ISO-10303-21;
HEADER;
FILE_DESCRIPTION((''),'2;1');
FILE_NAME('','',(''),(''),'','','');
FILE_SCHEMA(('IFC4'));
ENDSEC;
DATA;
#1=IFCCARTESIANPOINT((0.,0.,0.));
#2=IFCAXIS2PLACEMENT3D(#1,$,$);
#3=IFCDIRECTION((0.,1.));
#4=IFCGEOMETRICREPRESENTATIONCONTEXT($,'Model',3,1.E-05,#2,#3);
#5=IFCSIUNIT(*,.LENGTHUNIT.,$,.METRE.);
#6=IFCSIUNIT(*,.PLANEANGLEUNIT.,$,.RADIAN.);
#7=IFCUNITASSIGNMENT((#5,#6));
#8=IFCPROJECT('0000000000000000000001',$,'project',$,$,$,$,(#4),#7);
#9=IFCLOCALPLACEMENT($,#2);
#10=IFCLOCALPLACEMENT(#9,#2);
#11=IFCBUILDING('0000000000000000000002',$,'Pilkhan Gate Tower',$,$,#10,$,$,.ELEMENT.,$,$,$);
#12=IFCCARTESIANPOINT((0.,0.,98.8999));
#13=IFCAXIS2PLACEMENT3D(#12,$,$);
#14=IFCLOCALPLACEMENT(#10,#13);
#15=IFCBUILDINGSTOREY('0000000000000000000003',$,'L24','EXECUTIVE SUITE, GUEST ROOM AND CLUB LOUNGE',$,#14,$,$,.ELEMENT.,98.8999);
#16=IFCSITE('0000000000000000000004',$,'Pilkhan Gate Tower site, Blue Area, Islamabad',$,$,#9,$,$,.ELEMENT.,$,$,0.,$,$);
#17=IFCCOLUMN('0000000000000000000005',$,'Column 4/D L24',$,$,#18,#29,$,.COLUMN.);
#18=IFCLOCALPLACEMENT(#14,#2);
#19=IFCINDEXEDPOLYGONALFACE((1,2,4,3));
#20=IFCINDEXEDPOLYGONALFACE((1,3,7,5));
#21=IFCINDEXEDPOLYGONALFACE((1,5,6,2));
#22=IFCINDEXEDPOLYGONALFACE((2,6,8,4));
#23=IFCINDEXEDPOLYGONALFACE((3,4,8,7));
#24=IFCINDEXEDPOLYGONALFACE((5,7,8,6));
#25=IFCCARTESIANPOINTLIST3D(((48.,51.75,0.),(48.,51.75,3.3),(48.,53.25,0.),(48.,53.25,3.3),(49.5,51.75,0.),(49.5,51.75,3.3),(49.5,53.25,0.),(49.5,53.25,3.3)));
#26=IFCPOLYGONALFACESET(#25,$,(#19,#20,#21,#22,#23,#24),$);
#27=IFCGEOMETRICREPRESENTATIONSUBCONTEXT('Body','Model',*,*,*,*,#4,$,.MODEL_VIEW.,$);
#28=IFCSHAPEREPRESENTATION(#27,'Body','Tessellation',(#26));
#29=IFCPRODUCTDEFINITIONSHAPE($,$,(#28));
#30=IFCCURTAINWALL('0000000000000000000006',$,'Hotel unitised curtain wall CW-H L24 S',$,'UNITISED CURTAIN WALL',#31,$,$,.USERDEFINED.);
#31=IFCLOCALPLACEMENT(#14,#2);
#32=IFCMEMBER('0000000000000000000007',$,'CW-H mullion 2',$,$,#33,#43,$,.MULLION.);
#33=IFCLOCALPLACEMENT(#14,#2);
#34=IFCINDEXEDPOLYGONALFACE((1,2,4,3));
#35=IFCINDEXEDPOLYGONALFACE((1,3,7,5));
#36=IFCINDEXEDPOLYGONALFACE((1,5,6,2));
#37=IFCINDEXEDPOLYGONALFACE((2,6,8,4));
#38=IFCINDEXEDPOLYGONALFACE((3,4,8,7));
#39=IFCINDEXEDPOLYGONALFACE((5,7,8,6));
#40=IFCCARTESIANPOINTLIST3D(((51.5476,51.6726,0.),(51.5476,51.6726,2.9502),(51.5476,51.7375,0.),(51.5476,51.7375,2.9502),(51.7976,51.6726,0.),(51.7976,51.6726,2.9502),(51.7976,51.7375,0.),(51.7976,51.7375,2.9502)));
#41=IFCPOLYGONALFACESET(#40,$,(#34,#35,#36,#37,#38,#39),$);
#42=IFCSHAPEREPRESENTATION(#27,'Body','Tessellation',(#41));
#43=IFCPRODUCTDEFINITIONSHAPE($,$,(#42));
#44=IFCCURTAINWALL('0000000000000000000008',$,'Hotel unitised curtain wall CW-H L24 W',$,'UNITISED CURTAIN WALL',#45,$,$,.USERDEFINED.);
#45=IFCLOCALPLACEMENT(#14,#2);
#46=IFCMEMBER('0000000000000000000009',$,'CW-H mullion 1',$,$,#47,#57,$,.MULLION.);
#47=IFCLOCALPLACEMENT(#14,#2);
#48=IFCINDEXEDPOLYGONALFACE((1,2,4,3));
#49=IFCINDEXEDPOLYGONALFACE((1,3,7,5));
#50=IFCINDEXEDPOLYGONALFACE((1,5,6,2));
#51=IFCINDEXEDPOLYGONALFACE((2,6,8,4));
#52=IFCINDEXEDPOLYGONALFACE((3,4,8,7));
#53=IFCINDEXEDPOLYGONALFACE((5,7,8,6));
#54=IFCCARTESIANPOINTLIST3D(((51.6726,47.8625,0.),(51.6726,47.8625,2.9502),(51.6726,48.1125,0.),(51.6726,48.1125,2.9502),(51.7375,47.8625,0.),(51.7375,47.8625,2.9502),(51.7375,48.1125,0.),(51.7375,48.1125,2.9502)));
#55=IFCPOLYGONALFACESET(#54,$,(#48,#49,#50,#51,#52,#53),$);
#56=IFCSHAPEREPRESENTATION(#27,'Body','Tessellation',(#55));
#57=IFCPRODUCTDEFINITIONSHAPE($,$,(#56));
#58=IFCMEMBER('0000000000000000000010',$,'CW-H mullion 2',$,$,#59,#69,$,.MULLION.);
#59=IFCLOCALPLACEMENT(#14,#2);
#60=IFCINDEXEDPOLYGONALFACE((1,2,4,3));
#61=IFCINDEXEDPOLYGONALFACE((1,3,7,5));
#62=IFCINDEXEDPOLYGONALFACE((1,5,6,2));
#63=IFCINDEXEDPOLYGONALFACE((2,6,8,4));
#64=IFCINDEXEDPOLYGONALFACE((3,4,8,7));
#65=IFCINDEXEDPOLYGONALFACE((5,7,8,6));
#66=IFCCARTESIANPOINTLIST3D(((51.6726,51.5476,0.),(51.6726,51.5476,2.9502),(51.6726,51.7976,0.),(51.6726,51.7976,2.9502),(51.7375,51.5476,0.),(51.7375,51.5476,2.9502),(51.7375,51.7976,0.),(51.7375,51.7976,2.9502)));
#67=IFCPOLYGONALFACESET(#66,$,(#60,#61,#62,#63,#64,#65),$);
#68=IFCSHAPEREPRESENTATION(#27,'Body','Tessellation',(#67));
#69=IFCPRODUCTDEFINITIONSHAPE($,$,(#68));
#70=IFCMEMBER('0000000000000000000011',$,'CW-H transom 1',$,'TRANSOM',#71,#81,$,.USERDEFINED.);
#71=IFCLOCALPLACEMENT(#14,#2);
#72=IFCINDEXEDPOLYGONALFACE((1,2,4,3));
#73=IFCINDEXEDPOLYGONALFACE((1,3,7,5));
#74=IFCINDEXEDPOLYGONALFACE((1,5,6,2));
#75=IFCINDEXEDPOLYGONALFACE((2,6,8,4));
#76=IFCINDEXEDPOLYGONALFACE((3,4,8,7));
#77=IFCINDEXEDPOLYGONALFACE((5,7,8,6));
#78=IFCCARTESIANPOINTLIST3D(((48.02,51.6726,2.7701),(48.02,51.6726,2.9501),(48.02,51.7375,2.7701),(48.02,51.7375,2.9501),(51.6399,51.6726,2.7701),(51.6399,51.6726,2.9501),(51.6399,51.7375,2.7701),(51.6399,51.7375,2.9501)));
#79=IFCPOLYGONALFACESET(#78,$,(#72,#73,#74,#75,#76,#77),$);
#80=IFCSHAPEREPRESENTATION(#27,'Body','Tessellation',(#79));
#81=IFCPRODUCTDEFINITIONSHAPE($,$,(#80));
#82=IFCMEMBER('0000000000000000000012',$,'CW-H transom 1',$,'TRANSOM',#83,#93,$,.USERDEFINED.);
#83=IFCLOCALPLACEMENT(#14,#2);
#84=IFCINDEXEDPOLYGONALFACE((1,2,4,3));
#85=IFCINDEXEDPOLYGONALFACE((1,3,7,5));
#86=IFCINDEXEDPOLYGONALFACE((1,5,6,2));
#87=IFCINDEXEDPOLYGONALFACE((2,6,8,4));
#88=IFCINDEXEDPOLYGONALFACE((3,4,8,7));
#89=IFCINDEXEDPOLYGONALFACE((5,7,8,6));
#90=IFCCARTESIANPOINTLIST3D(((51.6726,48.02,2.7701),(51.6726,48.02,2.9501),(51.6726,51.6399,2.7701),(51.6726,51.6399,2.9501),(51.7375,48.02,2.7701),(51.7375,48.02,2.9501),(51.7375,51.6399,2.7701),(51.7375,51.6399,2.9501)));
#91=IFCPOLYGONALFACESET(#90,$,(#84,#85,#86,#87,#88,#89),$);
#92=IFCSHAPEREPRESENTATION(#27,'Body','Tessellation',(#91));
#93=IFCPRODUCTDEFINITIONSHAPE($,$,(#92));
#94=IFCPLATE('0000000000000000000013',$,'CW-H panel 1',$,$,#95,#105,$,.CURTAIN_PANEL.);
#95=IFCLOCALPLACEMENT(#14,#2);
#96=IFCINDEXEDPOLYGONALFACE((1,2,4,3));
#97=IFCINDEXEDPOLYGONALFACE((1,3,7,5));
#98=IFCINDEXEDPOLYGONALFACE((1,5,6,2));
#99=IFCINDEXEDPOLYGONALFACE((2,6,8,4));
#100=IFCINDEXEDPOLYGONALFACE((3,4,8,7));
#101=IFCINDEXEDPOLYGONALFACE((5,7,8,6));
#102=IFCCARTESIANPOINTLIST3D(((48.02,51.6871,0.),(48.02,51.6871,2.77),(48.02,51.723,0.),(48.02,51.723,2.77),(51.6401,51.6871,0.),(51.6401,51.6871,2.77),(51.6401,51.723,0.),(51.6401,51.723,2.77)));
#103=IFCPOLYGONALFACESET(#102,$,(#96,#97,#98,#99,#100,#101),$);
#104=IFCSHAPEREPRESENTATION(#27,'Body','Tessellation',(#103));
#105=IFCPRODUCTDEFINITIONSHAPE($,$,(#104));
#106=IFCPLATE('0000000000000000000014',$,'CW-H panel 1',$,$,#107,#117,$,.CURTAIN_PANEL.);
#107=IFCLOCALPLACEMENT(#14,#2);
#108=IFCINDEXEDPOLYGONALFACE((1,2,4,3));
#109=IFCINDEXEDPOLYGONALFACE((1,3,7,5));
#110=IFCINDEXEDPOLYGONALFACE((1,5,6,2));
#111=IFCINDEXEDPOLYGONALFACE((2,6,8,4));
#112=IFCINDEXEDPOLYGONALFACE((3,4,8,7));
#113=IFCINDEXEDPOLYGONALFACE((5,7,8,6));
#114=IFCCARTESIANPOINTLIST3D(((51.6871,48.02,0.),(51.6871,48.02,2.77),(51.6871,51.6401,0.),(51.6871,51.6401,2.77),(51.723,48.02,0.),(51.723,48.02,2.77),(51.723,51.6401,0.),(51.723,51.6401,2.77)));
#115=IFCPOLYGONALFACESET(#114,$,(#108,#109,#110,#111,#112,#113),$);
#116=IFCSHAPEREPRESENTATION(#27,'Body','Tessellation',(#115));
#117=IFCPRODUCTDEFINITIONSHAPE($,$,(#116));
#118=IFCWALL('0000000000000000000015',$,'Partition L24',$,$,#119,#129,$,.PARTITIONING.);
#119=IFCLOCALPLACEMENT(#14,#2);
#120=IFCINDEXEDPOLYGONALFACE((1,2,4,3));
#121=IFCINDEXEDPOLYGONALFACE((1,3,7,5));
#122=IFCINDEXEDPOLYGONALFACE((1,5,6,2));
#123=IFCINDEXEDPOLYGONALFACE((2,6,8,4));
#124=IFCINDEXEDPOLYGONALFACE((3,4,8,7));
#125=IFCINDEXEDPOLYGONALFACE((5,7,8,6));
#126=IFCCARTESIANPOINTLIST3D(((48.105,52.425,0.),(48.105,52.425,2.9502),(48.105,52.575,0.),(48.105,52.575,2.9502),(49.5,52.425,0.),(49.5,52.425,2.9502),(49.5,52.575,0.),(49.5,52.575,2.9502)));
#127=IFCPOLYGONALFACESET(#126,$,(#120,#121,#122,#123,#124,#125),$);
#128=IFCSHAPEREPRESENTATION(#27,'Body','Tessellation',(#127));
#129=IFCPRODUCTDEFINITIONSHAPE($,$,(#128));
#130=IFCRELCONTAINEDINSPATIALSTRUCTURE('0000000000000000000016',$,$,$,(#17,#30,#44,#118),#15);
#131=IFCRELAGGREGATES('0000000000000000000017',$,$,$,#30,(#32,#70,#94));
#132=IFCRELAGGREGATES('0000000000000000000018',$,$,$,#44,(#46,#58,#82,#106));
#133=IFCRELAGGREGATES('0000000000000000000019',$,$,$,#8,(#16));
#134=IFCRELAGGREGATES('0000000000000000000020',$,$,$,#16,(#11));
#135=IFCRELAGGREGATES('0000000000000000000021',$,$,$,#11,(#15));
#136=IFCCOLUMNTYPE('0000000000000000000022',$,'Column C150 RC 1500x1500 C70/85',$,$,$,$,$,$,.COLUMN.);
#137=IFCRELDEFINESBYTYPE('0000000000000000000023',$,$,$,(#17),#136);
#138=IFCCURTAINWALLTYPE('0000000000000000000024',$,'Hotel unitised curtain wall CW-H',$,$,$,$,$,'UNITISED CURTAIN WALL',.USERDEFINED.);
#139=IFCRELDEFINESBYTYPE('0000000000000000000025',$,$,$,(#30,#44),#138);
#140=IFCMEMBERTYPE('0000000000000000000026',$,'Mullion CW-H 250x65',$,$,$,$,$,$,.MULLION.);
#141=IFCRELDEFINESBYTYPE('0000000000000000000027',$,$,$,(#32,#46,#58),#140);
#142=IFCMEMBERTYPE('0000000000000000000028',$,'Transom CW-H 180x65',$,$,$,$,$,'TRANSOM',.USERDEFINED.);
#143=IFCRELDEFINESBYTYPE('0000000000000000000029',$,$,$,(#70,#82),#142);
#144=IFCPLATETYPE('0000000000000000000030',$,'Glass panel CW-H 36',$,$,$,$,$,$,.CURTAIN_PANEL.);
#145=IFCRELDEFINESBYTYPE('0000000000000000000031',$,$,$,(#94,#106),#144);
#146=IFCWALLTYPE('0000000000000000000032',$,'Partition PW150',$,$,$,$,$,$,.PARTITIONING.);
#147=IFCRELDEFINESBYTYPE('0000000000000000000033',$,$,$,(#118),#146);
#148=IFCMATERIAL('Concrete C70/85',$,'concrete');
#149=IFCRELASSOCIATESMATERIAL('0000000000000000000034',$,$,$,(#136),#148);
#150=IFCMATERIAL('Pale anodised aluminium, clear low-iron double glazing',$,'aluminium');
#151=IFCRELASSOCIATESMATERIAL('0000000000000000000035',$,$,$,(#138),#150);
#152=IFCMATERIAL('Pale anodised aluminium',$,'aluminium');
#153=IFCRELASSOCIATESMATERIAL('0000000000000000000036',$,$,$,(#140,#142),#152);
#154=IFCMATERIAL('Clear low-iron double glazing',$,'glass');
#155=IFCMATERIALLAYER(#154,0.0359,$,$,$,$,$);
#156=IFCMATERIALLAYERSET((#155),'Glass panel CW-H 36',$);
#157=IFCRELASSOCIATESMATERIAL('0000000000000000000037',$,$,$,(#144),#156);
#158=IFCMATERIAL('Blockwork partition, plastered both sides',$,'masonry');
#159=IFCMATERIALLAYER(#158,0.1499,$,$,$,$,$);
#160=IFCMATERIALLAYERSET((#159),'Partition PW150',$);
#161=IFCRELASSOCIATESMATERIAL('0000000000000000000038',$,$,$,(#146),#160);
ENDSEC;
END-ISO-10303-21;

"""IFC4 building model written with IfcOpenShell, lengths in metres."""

from ifc_helpers import new_model, si_unit, direction, frame, frame_2d, origin, origin_2d, place, context, subcontext, project, spatial, rectangle, extrude, material, layer, layer_set, material_profile, profile_set, type_object, element, aggregate, save


model = new_model("IFC4")

# Units and contexts
model_context = context("Model", 3, precision=1e-05, world=origin(), true_north=direction((0.0, 1.0)))
body_context = subcontext(model_context, "Body", "Model", "MODEL_VIEW")
ifc_project = project(units=[si_unit("LENGTHUNIT", "METRE"), si_unit("PLANEANGLEUNIT", "RADIAN")], contexts=[model_context])

# Site, building, storey
site_placement = place(None, origin())
site = spatial("IfcSite", under=ifc_project, at=site_placement, Name="Pilkhan Gate Tower site, Blue Area, Islamabad", CompositionType="ELEMENT", RefElevation=0.0)
building_placement = place(site_placement, origin())
building = spatial("IfcBuilding", under=site, at=building_placement, Name="Pilkhan Gate Tower", CompositionType="ELEMENT")
storey_placement = place(building_placement, frame((0.0, 0.0, 98.8999)))
storey = spatial("IfcBuildingStorey", under=building, at=storey_placement, Name="L24", Description="EXECUTIVE SUITE, GUEST ROOM AND CLUB LOUNGE", CompositionType="ELEMENT", Elevation=98.8999)

# Column
ifc_material_1 = material(Name="Concrete C70/85", Category="concrete")
ifc_material_profile_1 = material_profile(ifc_material_1, rectangle(XDim=1.5, YDim=1.5, at=origin_2d()), Name="RC 1500x1500")
ifc_profile_set_1 = profile_set([ifc_material_profile_1], Name="Concrete C70/85")
column_type = type_object("IfcColumnType", Name="Column C150 RC 1500x1500 C70/85", PredefinedType="COLUMN", material=ifc_profile_set_1)
column_placement = place(storey_placement, frame((48.75, 52.5, 0.0), z_axis=(0.0, 0.0, 1.0), x_axis=(1.0, 0.0, 0.0)))
element("IfcColumn", 1, at=column_placement, inside=storey, type_object=column_type, Name="Column 4/D L24", PredefinedType="COLUMN", context=body_context, shape_type="SweptSolid", body=[
    extrude(rectangle(XDim=1.5, YDim=1.5, at=origin_2d()), origin(), (0.0, 0.0, 1.0), 3.3),
])

# Curtain wall, member
ifc_material_2 = material(Name="Pale anodised aluminium, clear low-iron double glazing", Category="aluminium")
curtain_wall_type = type_object("IfcCurtainWallType", Name="Hotel unitised curtain wall CW-H", ElementType="UNITISED CURTAIN WALL", PredefinedType="USERDEFINED", material=ifc_material_2)
curtain_wall_1_placement = place(storey_placement, origin())
curtain_wall_1 = element("IfcCurtainWall", 2, at=curtain_wall_1_placement, inside=storey, type_object=curtain_wall_type, Name="Hotel unitised curtain wall CW-H L24 S", ObjectType="UNITISED CURTAIN WALL", PredefinedType="USERDEFINED")
ifc_material_3 = material(Name="Pale anodised aluminium", Category="aluminium")
ifc_material_profile_2 = material_profile(ifc_material_3, rectangle(XDim=0.0649, YDim=0.25, at=origin_2d()), Name="Mullion 250x65")
ifc_profile_set_2 = profile_set([ifc_material_profile_2], Name="Pale anodised aluminium")
member_type_1 = type_object("IfcMemberType", Name="Mullion CW-H 250x65", PredefinedType="MULLION", material=ifc_profile_set_2)
member_1_placement = place(storey_placement, frame((51.6726, 51.7051, 0.0), z_axis=(0.0, 0.0, 1.0), x_axis=(0.0, 1.0, 0.0)))
member_1 = element("IfcMember", 3, at=member_1_placement, type_object=member_type_1, Name="CW-H mullion 2", PredefinedType="MULLION", context=body_context, shape_type="SweptSolid", body=[
    extrude(rectangle(XDim=0.0649, YDim=0.25, at=origin_2d()), origin(), (0.0, 0.0, 1.0), 2.9502),
])

# Curtain wall, members
curtain_wall_2_placement = place(storey_placement, origin())
curtain_wall_2 = element("IfcCurtainWall", 4, at=curtain_wall_2_placement, inside=storey, type_object=curtain_wall_type, Name="Hotel unitised curtain wall CW-H L24 W", ObjectType="UNITISED CURTAIN WALL", PredefinedType="USERDEFINED")
member_2_placement = place(storey_placement, frame((51.7051, 47.9875, 0.0), z_axis=(0.0, 0.0, 1.0), x_axis=(-1.0, 0.0, 0.0)))
member_2 = element("IfcMember", 5, at=member_2_placement, type_object=member_type_1, Name="CW-H mullion 1", PredefinedType="MULLION", context=body_context, shape_type="SweptSolid", body=[
    extrude(rectangle(XDim=0.0649, YDim=0.25, at=origin_2d()), origin(), (0.0, 0.0, 1.0), 2.9502),
])
member_3_placement = place(storey_placement, frame((51.7051, 51.6726, 0.0), z_axis=(0.0, 0.0, 1.0), x_axis=(-1.0, 0.0, 0.0)))
member_3 = element("IfcMember", 6, at=member_3_placement, type_object=member_type_1, Name="CW-H mullion 2", PredefinedType="MULLION", context=body_context, shape_type="SweptSolid", body=[
    extrude(rectangle(XDim=0.0649, YDim=0.25, at=origin_2d()), origin(), (0.0, 0.0, 1.0), 2.9502),
])

# Members
ifc_material_profile_3 = material_profile(ifc_material_3, rectangle(XDim=0.0649, YDim=0.1799, at=origin_2d()), Name="Transom 180x65")
ifc_profile_set_3 = profile_set([ifc_material_profile_3], Name="Pale anodised aluminium")
member_type_2 = type_object("IfcMemberType", Name="Transom CW-H 180x65", ElementType="TRANSOM", PredefinedType="USERDEFINED", material=ifc_profile_set_3)
member_4_placement = place(storey_placement, frame((48.02, 51.7051, 2.8601), z_axis=(1.0, 0.0, 0.0), x_axis=(0.0, 1.0, 0.0)))
member_4 = element("IfcMember", 7, at=member_4_placement, type_object=member_type_2, Name="CW-H transom 1", ObjectType="TRANSOM", PredefinedType="USERDEFINED", context=body_context, shape_type="SweptSolid", body=[
    extrude(rectangle(XDim=0.0649, YDim=0.1799, at=origin_2d()), origin(), (0.0, 0.0, 1.0), 3.6199),
])
member_5_placement = place(storey_placement, frame((51.7051, 48.02, 2.8601), z_axis=(0.0, 1.0, 0.0), x_axis=(-1.0, 0.0, 0.0)))
member_5 = element("IfcMember", 8, at=member_5_placement, type_object=member_type_2, Name="CW-H transom 1", ObjectType="TRANSOM", PredefinedType="USERDEFINED", context=body_context, shape_type="SweptSolid", body=[
    extrude(rectangle(XDim=0.0649, YDim=0.1799, at=origin_2d()), origin(), (0.0, 0.0, 1.0), 3.6199),
])

# Plates
ifc_material_4 = material(Name="Clear low-iron double glazing", Category="glass")
ifc_layer_1 = layer(ifc_material_4, 0.0359)
ifc_layer_set_1 = layer_set([ifc_layer_1], Name="Glass panel CW-H 36")
plate_type = type_object("IfcPlateType", Name="Glass panel CW-H 36", PredefinedType="CURTAIN_PANEL", material=ifc_layer_set_1)
plate_1_placement = place(storey_placement, frame((49.8301, 51.7051, 0.0), z_axis=(0.0, 0.0, 1.0), x_axis=(1.0, 0.0, 0.0)))
plate_1 = element("IfcPlate", 9, at=plate_1_placement, type_object=plate_type, Name="CW-H panel 1", PredefinedType="CURTAIN_PANEL", context=body_context, shape_type="SweptSolid", body=[
    extrude(rectangle(XDim=3.6201, YDim=0.0359, at=origin_2d()), origin(), (0.0, 0.0, 1.0), 2.77),
])
aggregate(curtain_wall_1, [member_1, member_4, plate_1])
plate_2_placement = place(storey_placement, frame((51.7051, 49.8301, 0.0), z_axis=(0.0, 0.0, 1.0), x_axis=(0.0, 1.0, 0.0)))
plate_2 = element("IfcPlate", 10, at=plate_2_placement, type_object=plate_type, Name="CW-H panel 1", PredefinedType="CURTAIN_PANEL", context=body_context, shape_type="SweptSolid", body=[
    extrude(rectangle(XDim=3.6201, YDim=0.0359, at=origin_2d()), origin(), (0.0, 0.0, 1.0), 2.77),
])
aggregate(curtain_wall_2, [member_2, member_3, member_5, plate_2])

# Wall
ifc_material_5 = material(Name="Blockwork partition, plastered both sides", Category="masonry")
ifc_layer_2 = layer(ifc_material_5, 0.1499)
ifc_layer_set_2 = layer_set([ifc_layer_2], Name="Partition PW150")
wall_type = type_object("IfcWallType", Name="Partition PW150", PredefinedType="PARTITIONING", material=ifc_layer_set_2)
wall_placement = place(storey_placement, frame((48.105, 52.5, 0.0), z_axis=(0.0, 0.0, 1.0), x_axis=(1.0, 0.0, 0.0)))
element("IfcWall", 11, at=wall_placement, inside=storey, type_object=wall_type, Name="Partition L24", PredefinedType="PARTITIONING", context=body_context, shape_type="SweptSolid", body=[
    extrude(rectangle(XDim=1.395, YDim=0.1499, at=frame_2d((0.6975, 0.0))), origin(), (0.0, 0.0, 1.0), 2.9502),
])

save(model, "model.ifc")
